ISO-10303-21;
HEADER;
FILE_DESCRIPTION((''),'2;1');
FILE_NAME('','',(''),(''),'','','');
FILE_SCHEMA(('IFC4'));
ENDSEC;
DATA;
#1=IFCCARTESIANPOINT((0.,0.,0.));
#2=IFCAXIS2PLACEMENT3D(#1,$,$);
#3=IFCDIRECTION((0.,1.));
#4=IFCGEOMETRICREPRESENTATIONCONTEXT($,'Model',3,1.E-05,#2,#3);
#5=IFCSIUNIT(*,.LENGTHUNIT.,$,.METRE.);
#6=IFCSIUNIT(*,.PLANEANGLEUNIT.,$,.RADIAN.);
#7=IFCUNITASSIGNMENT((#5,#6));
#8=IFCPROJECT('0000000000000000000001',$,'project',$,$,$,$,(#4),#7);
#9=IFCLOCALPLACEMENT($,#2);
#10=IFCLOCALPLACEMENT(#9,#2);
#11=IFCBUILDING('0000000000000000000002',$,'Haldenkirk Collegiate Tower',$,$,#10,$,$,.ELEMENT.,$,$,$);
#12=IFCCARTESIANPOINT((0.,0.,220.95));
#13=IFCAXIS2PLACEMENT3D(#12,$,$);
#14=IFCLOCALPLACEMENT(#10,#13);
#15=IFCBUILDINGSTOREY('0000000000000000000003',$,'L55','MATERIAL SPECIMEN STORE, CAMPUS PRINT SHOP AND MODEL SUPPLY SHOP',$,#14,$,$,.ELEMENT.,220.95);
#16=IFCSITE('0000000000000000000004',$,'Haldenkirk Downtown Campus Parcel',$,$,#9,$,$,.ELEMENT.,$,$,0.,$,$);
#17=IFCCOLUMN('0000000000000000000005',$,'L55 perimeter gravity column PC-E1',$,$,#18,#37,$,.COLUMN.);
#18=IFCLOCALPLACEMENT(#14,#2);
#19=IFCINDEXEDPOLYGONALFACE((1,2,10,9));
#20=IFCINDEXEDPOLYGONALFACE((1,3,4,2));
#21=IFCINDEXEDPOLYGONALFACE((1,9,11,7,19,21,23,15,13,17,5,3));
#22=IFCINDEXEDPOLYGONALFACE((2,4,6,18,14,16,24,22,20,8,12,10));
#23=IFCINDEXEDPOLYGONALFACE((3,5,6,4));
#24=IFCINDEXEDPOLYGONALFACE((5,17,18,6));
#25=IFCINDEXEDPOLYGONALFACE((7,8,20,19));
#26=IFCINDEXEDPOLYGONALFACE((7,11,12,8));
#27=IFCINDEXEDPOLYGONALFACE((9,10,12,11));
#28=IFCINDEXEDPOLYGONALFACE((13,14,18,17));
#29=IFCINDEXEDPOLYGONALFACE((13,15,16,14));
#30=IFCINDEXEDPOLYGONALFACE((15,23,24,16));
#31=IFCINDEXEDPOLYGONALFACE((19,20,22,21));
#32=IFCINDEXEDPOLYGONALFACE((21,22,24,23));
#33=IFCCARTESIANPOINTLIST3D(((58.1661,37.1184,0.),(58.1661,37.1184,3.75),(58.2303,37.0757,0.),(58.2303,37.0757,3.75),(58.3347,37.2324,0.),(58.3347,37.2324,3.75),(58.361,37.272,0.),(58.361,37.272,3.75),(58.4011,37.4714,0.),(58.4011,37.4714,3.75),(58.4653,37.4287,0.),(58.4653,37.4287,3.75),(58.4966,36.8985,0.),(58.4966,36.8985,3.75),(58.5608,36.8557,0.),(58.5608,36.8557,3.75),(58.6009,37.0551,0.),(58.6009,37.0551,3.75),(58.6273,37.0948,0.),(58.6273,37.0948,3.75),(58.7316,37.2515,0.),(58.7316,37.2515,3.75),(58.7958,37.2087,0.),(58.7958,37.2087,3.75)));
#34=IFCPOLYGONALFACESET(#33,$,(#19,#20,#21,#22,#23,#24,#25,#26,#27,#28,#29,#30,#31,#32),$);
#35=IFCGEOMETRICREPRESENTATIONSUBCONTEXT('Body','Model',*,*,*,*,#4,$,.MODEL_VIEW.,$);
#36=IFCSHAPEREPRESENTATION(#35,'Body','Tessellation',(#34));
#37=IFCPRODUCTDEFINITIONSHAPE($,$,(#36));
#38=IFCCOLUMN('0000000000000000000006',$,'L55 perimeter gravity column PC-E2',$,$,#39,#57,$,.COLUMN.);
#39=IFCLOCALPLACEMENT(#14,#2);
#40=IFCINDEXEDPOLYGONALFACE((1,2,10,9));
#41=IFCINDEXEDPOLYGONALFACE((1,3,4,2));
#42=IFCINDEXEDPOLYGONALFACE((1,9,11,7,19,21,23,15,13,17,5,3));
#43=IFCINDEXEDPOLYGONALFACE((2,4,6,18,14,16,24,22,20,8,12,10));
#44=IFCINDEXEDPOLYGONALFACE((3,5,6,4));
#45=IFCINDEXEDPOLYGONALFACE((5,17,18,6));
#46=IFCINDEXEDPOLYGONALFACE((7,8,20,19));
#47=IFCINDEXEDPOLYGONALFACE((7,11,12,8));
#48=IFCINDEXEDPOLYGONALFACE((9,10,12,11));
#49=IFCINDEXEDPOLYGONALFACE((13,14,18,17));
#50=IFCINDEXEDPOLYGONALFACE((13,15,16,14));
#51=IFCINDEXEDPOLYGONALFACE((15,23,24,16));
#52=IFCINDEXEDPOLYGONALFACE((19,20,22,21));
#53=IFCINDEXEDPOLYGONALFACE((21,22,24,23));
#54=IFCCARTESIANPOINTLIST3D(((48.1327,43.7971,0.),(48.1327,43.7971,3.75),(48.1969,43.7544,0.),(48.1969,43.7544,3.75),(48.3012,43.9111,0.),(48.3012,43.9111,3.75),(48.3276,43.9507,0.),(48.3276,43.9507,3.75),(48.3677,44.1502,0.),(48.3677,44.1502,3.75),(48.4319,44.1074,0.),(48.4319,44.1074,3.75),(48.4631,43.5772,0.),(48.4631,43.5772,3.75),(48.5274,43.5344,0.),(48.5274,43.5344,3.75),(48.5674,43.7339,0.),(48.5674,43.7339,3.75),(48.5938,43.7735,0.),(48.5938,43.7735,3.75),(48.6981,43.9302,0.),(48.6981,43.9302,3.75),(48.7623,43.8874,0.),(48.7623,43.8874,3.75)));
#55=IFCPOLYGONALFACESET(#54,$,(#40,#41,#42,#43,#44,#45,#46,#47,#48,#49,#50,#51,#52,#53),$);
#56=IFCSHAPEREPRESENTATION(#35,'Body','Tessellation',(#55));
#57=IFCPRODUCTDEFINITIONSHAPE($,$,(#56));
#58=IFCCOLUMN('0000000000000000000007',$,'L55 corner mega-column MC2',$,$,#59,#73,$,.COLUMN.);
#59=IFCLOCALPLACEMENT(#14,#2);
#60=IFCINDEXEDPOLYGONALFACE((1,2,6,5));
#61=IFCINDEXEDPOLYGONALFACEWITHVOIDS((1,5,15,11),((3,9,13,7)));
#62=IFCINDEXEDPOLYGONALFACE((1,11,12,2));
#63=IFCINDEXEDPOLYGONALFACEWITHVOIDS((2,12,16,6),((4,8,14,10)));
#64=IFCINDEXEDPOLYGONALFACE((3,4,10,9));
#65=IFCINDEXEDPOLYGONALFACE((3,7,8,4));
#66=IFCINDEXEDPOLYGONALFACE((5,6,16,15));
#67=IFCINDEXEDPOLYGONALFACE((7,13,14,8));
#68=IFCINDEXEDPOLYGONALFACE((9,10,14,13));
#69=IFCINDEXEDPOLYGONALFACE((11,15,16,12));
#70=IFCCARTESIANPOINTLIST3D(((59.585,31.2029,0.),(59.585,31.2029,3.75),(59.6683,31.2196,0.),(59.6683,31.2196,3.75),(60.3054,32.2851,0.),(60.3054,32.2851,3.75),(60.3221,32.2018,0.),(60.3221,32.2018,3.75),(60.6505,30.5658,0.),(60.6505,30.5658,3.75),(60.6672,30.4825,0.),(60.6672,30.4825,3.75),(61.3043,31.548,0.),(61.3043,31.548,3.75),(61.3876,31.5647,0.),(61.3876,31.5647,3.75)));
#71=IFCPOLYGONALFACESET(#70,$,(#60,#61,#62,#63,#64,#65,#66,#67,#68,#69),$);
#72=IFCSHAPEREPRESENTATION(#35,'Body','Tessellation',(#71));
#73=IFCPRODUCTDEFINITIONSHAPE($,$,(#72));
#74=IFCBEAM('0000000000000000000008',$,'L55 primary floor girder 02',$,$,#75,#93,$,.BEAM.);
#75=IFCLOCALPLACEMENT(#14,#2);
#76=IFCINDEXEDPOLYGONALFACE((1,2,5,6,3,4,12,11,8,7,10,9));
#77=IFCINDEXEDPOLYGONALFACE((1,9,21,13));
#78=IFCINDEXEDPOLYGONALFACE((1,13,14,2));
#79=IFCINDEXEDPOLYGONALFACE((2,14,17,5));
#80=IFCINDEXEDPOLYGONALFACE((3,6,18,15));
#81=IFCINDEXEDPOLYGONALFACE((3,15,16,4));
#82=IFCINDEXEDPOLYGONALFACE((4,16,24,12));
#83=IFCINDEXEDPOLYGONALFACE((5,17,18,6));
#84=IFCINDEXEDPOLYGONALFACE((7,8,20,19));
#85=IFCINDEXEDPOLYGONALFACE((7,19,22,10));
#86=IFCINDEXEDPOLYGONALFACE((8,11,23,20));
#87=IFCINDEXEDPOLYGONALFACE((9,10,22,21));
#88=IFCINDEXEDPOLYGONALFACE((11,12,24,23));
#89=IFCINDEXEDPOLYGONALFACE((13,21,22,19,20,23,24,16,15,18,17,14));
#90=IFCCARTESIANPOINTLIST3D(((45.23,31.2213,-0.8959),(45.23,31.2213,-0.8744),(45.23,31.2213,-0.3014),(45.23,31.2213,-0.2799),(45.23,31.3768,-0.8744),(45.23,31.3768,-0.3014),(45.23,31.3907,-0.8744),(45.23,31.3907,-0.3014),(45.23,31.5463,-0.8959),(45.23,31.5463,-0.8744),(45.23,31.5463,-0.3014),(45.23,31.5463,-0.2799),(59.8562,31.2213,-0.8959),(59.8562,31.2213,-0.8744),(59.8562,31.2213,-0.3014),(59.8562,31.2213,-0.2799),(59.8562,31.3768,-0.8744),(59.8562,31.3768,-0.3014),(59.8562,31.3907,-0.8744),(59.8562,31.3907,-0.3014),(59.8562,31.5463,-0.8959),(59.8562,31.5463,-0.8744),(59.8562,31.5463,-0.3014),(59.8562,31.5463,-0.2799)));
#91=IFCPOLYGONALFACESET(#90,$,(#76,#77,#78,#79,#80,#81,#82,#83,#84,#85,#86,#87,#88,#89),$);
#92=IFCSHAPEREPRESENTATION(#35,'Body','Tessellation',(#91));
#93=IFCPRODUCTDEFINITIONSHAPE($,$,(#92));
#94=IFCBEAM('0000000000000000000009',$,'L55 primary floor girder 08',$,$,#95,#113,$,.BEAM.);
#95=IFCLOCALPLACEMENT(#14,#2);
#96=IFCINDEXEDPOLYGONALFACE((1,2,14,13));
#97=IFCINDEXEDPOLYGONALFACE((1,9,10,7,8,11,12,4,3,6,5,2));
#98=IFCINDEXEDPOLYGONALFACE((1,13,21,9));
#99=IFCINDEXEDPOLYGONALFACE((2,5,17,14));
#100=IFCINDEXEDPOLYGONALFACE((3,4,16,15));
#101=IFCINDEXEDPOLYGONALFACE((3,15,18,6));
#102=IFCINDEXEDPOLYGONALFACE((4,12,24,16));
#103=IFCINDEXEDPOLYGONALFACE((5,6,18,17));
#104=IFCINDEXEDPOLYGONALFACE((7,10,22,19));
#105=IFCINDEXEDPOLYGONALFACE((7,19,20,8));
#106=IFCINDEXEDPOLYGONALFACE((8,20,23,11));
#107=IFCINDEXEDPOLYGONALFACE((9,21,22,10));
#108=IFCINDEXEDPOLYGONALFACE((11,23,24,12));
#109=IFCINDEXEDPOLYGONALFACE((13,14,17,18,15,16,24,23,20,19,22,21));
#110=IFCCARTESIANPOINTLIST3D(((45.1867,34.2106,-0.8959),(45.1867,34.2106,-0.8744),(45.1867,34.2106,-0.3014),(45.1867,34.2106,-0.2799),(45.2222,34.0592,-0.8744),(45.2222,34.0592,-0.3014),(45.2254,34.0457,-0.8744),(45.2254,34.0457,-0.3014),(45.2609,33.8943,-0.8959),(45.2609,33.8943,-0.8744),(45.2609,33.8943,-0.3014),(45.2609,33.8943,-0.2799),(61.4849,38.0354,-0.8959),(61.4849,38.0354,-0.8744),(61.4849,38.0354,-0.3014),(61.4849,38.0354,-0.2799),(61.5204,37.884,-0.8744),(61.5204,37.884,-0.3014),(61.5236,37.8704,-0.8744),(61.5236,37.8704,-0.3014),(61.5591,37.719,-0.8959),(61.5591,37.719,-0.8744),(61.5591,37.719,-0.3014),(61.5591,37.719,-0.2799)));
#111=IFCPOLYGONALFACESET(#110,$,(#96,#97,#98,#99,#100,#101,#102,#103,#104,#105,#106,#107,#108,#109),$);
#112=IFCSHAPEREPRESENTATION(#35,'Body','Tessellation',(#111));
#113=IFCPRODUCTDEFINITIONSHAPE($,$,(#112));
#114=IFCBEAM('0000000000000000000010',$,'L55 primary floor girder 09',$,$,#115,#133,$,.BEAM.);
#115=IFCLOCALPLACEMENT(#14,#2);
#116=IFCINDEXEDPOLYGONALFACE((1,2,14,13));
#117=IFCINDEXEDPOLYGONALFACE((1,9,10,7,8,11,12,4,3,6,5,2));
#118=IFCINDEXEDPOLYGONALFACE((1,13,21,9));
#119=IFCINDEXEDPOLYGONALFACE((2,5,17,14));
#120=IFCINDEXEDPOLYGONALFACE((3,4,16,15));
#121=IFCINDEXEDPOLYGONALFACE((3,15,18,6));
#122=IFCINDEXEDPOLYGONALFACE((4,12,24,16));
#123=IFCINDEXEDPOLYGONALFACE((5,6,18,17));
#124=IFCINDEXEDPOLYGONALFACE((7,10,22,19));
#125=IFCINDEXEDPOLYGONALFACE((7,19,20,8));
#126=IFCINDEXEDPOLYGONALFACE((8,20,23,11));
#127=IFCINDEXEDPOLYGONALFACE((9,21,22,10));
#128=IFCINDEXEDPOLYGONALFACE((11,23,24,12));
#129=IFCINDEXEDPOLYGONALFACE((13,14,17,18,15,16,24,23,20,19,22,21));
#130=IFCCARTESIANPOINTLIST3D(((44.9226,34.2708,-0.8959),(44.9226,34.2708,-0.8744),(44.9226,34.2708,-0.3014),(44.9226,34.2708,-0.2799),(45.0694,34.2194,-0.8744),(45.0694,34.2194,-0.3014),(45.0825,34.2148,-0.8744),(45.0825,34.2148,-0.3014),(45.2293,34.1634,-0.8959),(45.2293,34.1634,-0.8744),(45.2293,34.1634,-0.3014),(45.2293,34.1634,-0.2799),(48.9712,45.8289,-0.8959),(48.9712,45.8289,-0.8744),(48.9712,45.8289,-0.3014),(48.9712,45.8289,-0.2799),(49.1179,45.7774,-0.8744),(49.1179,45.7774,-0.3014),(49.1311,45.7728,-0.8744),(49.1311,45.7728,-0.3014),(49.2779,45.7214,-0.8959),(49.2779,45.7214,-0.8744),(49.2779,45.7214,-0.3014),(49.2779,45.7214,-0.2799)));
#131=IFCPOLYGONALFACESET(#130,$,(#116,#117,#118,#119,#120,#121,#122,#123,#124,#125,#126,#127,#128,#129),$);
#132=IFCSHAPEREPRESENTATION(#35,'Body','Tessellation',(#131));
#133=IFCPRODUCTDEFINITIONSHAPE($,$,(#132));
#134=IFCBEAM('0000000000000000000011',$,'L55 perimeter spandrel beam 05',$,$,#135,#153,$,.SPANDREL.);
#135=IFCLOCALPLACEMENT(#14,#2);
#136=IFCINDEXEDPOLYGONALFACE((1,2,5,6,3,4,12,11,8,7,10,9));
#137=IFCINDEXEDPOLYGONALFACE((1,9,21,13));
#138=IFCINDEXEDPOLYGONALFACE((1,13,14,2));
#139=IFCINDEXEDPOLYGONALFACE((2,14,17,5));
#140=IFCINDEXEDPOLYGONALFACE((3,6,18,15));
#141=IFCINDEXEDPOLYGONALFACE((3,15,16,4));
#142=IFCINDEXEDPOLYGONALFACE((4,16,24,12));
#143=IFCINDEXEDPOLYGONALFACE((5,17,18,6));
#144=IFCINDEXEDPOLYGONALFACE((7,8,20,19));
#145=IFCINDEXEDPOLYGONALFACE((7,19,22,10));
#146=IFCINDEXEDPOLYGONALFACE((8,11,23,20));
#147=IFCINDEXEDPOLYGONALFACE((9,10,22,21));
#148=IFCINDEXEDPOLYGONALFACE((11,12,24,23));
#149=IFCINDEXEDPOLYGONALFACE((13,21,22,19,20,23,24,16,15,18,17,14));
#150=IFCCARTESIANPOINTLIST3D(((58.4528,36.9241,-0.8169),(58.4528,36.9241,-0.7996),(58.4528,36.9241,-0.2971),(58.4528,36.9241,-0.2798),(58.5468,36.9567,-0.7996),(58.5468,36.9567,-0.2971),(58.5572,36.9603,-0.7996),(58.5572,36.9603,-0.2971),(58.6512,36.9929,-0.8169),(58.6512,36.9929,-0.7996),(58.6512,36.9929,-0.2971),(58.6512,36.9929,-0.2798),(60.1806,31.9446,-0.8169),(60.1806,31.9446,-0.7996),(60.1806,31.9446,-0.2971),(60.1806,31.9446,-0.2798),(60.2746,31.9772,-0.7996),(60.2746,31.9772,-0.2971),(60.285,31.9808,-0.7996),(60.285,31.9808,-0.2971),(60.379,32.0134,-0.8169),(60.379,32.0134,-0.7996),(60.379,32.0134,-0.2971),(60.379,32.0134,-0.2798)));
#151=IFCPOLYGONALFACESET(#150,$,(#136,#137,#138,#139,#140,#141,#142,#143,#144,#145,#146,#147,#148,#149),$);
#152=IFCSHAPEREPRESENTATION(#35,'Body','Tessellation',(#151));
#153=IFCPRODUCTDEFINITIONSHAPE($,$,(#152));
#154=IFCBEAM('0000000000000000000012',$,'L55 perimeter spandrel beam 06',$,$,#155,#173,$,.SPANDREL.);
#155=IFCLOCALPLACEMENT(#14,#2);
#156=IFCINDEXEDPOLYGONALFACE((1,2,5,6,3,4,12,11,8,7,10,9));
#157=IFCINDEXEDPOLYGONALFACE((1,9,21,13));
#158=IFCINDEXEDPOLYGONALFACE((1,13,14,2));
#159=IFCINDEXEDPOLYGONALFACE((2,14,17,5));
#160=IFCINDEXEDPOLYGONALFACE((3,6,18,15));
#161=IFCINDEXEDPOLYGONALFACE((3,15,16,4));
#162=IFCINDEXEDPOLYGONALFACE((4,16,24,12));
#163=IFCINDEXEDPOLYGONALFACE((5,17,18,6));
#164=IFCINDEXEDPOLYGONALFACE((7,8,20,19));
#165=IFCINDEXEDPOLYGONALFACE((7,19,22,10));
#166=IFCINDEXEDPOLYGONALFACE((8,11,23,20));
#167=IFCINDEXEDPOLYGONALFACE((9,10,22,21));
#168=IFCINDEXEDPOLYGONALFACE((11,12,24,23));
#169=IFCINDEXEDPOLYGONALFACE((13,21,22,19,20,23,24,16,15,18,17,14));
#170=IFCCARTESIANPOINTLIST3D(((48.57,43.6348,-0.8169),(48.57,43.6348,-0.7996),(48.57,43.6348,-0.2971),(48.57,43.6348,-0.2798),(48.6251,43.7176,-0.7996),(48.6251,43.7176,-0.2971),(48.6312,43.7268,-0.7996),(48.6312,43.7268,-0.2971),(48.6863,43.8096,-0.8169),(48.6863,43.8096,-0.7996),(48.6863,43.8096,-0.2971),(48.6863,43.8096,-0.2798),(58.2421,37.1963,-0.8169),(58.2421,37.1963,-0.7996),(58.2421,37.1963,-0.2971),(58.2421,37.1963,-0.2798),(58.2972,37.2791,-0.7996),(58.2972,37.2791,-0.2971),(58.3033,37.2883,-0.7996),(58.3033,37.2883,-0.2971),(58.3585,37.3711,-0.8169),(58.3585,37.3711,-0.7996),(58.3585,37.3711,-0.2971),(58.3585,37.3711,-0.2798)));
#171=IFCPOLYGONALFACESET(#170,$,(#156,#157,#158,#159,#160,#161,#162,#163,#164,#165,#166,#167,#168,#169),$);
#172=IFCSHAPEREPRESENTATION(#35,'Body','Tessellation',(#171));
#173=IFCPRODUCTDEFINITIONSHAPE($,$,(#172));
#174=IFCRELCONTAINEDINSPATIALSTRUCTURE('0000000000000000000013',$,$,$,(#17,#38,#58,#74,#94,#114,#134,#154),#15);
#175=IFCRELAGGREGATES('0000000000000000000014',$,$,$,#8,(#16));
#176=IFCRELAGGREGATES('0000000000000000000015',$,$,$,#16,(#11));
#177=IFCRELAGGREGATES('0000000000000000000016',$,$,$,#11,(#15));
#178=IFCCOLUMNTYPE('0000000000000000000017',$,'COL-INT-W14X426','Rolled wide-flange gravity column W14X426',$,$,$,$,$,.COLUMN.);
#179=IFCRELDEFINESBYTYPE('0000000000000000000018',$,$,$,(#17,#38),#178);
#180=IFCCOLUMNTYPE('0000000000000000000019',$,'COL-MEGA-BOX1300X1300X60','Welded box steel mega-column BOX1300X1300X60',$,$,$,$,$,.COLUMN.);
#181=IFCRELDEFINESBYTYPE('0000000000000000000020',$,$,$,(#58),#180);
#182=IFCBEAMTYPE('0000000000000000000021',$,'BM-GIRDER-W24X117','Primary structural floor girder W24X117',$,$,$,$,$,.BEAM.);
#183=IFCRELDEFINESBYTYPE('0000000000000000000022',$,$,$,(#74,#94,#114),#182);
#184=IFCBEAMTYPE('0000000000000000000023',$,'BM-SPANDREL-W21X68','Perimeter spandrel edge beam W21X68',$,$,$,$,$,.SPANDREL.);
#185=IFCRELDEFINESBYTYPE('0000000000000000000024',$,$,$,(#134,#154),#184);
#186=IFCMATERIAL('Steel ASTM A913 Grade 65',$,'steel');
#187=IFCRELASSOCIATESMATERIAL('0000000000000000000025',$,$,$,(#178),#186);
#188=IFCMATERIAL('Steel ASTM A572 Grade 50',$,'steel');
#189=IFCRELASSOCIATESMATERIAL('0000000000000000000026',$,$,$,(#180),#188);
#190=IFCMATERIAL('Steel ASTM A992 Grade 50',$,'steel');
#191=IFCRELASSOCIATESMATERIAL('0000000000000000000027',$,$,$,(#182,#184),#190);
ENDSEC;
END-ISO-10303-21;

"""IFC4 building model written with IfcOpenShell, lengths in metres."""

from ifc_helpers import new_model, si_unit, direction, frame, origin, origin_2d, place, context, subcontext, project, spatial, hollow_rectangle, i_section, extrude, material, material_profile, profile_set, type_object, element, save


model = new_model("IFC4")

# Units and contexts
model_context = context("Model", 3, precision=1e-05, world=origin(), true_north=direction((0.0, 1.0)))
body_context = subcontext(model_context, "Body", "Model", "MODEL_VIEW")
ifc_project = project(units=[si_unit("LENGTHUNIT", "METRE"), si_unit("PLANEANGLEUNIT", "RADIAN")], contexts=[model_context])

# Site, building, storey
site_placement = place(None, origin())
site = spatial("IfcSite", under=ifc_project, at=site_placement, Name="Haldenkirk Downtown Campus Parcel", CompositionType="ELEMENT", RefElevation=0.0)
building_placement = place(site_placement, origin())
building = spatial("IfcBuilding", under=site, at=building_placement, Name="Haldenkirk Collegiate Tower", CompositionType="ELEMENT")
storey_placement = place(building_placement, frame((0.0, 0.0, 220.95)))
storey = spatial("IfcBuildingStorey", under=building, at=storey_placement, Name="L55", Description="MATERIAL SPECIMEN STORE, CAMPUS PRINT SHOP AND MODEL SUPPLY SHOP", CompositionType="ELEMENT", Elevation=220.95)

# Columns
ifc_material_1 = material(Name="Steel ASTM A913 Grade 65", Category="steel")
ifc_material_profile_1 = material_profile(ifc_material_1, i_section(OverallWidth=0.4241, OverallDepth=0.4741, WebThickness=0.0476, FlangeThickness=0.0771, at=origin_2d()), Name="W14X426")
ifc_profile_set_1 = profile_set([ifc_material_profile_1], Name="Steel ASTM A913 Grade 65")
column_type_1 = type_object("IfcColumnType", Name="COL-INT-W14X426", Description="Rolled wide-flange gravity column W14X426", PredefinedType="COLUMN", material=ifc_profile_set_1)
for number, where, z_axis, x_axis, name in (
    (1, (58.481, 37.1636, 0.0), (0.0, 0.0, 1.0), (0.554118, 0.832438, 0.0), "L55 perimeter gravity column PC-E1"),
    (2, (48.4475, 43.8423, 0.0), (0.0, 0.0, 1.0), (0.554118, 0.832438, 0.0), "L55 perimeter gravity column PC-E2"),
):
    element("IfcColumn", number, at=place(storey_placement, frame(where, z_axis=z_axis, x_axis=x_axis)), inside=storey, type_object=column_type_1, Name=name, PredefinedType="COLUMN", context=body_context, shape_type="SweptSolid", body=[
        extrude(i_section(OverallWidth=0.4241, OverallDepth=0.4741, WebThickness=0.0476, FlangeThickness=0.0771, at=origin_2d()), origin(), (0.0, 0.0, 1.0), 3.75),
    ])
ifc_material_2 = material(Name="Steel ASTM A572 Grade 50", Category="steel")
ifc_material_profile_2 = material_profile(ifc_material_2, hollow_rectangle(XDim=1.3, YDim=1.3, WallThickness=0.0601, at=origin_2d()), Name="BOX1300X1300X60")
ifc_profile_set_2 = profile_set([ifc_material_profile_2], Name="Steel ASTM A572 Grade 50")
column_type_2 = type_object("IfcColumnType", Name="COL-MEGA-BOX1300X1300X60", Description="Welded box steel mega-column BOX1300X1300X60", PredefinedType="COLUMN", material=ifc_profile_set_2)
column_placement = place(storey_placement, frame((60.4863, 31.3838, 0.0), z_axis=(0.0, 0.0, 1.0), x_axis=(0.554118, 0.832438, 0.0)))
element("IfcColumn", 3, at=column_placement, inside=storey, type_object=column_type_2, Name="L55 corner mega-column MC2", PredefinedType="COLUMN", context=body_context, shape_type="SweptSolid", body=[
    extrude(hollow_rectangle(XDim=1.3, YDim=1.3, WallThickness=0.0601, at=origin_2d()), origin(), (0.0, 0.0, 1.0), 3.75),
])

# Beams
ifc_material_3 = material(Name="Steel ASTM A992 Grade 50", Category="steel")
ifc_material_profile_3 = material_profile(ifc_material_3, i_section(OverallWidth=0.325, OverallDepth=0.616, WebThickness=0.0139, FlangeThickness=0.0215, at=origin_2d()), Name="W24X117")
ifc_profile_set_3 = profile_set([ifc_material_profile_3], Name="Steel ASTM A992 Grade 50")
beam_type_1 = type_object("IfcBeamType", Name="BM-GIRDER-W24X117", Description="Primary structural floor girder W24X117", PredefinedType="BEAM", material=ifc_profile_set_3)
beam_1_placement = place(storey_placement, frame((59.8562, 31.3838, -0.5879), z_axis=(-1.0, 0.0, 0.0), x_axis=(0.0, -1.0, 0.0)))
element("IfcBeam", 4, at=beam_1_placement, inside=storey, type_object=beam_type_1, Name="L55 primary floor girder 02", PredefinedType="BEAM", context=body_context, shape_type="SweptSolid", body=[
    extrude(i_section(OverallWidth=0.325, OverallDepth=0.616, WebThickness=0.0139, FlangeThickness=0.0215, at=origin_2d()), origin(), (0.0, 0.0, 1.0), 14.6262),
])
beam_2_placement = place(storey_placement, frame((61.522, 37.8772, -0.5879), z_axis=(-0.973552, -0.228465, 0.0), x_axis=(0.228465, -0.973552, 0.0)))
element("IfcBeam", 5, at=beam_2_placement, inside=storey, type_object=beam_type_1, Name="L55 primary floor girder 08", PredefinedType="BEAM", context=body_context, shape_type="SweptSolid", body=[
    extrude(i_section(OverallWidth=0.325, OverallDepth=0.616, WebThickness=0.0139, FlangeThickness=0.0215, at=origin_2d()), origin(), (0.0, 0.0, 1.0), 16.741),
])
beam_3_placement = place(storey_placement, frame((49.1245, 45.7751, -0.5879), z_axis=(-0.330587, -0.943776, 0.0), x_axis=(0.943776, -0.330587, 0.0)))
element("IfcBeam", 6, at=beam_3_placement, inside=storey, type_object=beam_type_1, Name="L55 primary floor girder 09", PredefinedType="BEAM", context=body_context, shape_type="SweptSolid", body=[
    extrude(i_section(OverallWidth=0.325, OverallDepth=0.616, WebThickness=0.0139, FlangeThickness=0.0215, at=origin_2d()), origin(), (0.0, 0.0, 1.0), 12.2466),
])
ifc_material_profile_4 = material_profile(ifc_material_3, i_section(OverallWidth=0.21, OverallDepth=0.5371, WebThickness=0.011, FlangeThickness=0.0173, at=origin_2d()), Name="W21X68")
ifc_profile_set_4 = profile_set([ifc_material_profile_4], Name="Steel ASTM A992 Grade 50")
beam_type_2 = type_object("IfcBeamType", Name="BM-SPANDREL-W21X68", Description="Perimeter spandrel edge beam W21X68", PredefinedType="SPANDREL", material=ifc_profile_set_4)
beam_4_placement = place(storey_placement, frame((60.2798, 31.979, -0.5483), z_axis=(-0.327807, 0.944745, 0.0), x_axis=(-0.944745, -0.327807, 0.0)))
element("IfcBeam", 7, at=beam_4_placement, inside=storey, type_object=beam_type_2, Name="L55 perimeter spandrel beam 05", PredefinedType="SPANDREL", context=body_context, shape_type="SweptSolid", body=[
    extrude(i_section(OverallWidth=0.21, OverallDepth=0.5371, WebThickness=0.011, FlangeThickness=0.0173, at=origin_2d()), origin(), (0.0, 0.0, 1.0), 5.2708),
])
beam_5_placement = place(storey_placement, frame((58.3003, 37.2837, -0.5483), z_axis=(-0.832432, 0.554128, 0.0), x_axis=(-0.554128, -0.832432, 0.0)))
element("IfcBeam", 8, at=beam_5_placement, inside=storey, type_object=beam_type_2, Name="L55 perimeter spandrel beam 06", PredefinedType="SPANDREL", context=body_context, shape_type="SweptSolid", body=[
    extrude(i_section(OverallWidth=0.21, OverallDepth=0.5371, WebThickness=0.011, FlangeThickness=0.0173, at=origin_2d()), origin(), (0.0, 0.0, 1.0), 11.6191),
])

save(model, "model.ifc")
